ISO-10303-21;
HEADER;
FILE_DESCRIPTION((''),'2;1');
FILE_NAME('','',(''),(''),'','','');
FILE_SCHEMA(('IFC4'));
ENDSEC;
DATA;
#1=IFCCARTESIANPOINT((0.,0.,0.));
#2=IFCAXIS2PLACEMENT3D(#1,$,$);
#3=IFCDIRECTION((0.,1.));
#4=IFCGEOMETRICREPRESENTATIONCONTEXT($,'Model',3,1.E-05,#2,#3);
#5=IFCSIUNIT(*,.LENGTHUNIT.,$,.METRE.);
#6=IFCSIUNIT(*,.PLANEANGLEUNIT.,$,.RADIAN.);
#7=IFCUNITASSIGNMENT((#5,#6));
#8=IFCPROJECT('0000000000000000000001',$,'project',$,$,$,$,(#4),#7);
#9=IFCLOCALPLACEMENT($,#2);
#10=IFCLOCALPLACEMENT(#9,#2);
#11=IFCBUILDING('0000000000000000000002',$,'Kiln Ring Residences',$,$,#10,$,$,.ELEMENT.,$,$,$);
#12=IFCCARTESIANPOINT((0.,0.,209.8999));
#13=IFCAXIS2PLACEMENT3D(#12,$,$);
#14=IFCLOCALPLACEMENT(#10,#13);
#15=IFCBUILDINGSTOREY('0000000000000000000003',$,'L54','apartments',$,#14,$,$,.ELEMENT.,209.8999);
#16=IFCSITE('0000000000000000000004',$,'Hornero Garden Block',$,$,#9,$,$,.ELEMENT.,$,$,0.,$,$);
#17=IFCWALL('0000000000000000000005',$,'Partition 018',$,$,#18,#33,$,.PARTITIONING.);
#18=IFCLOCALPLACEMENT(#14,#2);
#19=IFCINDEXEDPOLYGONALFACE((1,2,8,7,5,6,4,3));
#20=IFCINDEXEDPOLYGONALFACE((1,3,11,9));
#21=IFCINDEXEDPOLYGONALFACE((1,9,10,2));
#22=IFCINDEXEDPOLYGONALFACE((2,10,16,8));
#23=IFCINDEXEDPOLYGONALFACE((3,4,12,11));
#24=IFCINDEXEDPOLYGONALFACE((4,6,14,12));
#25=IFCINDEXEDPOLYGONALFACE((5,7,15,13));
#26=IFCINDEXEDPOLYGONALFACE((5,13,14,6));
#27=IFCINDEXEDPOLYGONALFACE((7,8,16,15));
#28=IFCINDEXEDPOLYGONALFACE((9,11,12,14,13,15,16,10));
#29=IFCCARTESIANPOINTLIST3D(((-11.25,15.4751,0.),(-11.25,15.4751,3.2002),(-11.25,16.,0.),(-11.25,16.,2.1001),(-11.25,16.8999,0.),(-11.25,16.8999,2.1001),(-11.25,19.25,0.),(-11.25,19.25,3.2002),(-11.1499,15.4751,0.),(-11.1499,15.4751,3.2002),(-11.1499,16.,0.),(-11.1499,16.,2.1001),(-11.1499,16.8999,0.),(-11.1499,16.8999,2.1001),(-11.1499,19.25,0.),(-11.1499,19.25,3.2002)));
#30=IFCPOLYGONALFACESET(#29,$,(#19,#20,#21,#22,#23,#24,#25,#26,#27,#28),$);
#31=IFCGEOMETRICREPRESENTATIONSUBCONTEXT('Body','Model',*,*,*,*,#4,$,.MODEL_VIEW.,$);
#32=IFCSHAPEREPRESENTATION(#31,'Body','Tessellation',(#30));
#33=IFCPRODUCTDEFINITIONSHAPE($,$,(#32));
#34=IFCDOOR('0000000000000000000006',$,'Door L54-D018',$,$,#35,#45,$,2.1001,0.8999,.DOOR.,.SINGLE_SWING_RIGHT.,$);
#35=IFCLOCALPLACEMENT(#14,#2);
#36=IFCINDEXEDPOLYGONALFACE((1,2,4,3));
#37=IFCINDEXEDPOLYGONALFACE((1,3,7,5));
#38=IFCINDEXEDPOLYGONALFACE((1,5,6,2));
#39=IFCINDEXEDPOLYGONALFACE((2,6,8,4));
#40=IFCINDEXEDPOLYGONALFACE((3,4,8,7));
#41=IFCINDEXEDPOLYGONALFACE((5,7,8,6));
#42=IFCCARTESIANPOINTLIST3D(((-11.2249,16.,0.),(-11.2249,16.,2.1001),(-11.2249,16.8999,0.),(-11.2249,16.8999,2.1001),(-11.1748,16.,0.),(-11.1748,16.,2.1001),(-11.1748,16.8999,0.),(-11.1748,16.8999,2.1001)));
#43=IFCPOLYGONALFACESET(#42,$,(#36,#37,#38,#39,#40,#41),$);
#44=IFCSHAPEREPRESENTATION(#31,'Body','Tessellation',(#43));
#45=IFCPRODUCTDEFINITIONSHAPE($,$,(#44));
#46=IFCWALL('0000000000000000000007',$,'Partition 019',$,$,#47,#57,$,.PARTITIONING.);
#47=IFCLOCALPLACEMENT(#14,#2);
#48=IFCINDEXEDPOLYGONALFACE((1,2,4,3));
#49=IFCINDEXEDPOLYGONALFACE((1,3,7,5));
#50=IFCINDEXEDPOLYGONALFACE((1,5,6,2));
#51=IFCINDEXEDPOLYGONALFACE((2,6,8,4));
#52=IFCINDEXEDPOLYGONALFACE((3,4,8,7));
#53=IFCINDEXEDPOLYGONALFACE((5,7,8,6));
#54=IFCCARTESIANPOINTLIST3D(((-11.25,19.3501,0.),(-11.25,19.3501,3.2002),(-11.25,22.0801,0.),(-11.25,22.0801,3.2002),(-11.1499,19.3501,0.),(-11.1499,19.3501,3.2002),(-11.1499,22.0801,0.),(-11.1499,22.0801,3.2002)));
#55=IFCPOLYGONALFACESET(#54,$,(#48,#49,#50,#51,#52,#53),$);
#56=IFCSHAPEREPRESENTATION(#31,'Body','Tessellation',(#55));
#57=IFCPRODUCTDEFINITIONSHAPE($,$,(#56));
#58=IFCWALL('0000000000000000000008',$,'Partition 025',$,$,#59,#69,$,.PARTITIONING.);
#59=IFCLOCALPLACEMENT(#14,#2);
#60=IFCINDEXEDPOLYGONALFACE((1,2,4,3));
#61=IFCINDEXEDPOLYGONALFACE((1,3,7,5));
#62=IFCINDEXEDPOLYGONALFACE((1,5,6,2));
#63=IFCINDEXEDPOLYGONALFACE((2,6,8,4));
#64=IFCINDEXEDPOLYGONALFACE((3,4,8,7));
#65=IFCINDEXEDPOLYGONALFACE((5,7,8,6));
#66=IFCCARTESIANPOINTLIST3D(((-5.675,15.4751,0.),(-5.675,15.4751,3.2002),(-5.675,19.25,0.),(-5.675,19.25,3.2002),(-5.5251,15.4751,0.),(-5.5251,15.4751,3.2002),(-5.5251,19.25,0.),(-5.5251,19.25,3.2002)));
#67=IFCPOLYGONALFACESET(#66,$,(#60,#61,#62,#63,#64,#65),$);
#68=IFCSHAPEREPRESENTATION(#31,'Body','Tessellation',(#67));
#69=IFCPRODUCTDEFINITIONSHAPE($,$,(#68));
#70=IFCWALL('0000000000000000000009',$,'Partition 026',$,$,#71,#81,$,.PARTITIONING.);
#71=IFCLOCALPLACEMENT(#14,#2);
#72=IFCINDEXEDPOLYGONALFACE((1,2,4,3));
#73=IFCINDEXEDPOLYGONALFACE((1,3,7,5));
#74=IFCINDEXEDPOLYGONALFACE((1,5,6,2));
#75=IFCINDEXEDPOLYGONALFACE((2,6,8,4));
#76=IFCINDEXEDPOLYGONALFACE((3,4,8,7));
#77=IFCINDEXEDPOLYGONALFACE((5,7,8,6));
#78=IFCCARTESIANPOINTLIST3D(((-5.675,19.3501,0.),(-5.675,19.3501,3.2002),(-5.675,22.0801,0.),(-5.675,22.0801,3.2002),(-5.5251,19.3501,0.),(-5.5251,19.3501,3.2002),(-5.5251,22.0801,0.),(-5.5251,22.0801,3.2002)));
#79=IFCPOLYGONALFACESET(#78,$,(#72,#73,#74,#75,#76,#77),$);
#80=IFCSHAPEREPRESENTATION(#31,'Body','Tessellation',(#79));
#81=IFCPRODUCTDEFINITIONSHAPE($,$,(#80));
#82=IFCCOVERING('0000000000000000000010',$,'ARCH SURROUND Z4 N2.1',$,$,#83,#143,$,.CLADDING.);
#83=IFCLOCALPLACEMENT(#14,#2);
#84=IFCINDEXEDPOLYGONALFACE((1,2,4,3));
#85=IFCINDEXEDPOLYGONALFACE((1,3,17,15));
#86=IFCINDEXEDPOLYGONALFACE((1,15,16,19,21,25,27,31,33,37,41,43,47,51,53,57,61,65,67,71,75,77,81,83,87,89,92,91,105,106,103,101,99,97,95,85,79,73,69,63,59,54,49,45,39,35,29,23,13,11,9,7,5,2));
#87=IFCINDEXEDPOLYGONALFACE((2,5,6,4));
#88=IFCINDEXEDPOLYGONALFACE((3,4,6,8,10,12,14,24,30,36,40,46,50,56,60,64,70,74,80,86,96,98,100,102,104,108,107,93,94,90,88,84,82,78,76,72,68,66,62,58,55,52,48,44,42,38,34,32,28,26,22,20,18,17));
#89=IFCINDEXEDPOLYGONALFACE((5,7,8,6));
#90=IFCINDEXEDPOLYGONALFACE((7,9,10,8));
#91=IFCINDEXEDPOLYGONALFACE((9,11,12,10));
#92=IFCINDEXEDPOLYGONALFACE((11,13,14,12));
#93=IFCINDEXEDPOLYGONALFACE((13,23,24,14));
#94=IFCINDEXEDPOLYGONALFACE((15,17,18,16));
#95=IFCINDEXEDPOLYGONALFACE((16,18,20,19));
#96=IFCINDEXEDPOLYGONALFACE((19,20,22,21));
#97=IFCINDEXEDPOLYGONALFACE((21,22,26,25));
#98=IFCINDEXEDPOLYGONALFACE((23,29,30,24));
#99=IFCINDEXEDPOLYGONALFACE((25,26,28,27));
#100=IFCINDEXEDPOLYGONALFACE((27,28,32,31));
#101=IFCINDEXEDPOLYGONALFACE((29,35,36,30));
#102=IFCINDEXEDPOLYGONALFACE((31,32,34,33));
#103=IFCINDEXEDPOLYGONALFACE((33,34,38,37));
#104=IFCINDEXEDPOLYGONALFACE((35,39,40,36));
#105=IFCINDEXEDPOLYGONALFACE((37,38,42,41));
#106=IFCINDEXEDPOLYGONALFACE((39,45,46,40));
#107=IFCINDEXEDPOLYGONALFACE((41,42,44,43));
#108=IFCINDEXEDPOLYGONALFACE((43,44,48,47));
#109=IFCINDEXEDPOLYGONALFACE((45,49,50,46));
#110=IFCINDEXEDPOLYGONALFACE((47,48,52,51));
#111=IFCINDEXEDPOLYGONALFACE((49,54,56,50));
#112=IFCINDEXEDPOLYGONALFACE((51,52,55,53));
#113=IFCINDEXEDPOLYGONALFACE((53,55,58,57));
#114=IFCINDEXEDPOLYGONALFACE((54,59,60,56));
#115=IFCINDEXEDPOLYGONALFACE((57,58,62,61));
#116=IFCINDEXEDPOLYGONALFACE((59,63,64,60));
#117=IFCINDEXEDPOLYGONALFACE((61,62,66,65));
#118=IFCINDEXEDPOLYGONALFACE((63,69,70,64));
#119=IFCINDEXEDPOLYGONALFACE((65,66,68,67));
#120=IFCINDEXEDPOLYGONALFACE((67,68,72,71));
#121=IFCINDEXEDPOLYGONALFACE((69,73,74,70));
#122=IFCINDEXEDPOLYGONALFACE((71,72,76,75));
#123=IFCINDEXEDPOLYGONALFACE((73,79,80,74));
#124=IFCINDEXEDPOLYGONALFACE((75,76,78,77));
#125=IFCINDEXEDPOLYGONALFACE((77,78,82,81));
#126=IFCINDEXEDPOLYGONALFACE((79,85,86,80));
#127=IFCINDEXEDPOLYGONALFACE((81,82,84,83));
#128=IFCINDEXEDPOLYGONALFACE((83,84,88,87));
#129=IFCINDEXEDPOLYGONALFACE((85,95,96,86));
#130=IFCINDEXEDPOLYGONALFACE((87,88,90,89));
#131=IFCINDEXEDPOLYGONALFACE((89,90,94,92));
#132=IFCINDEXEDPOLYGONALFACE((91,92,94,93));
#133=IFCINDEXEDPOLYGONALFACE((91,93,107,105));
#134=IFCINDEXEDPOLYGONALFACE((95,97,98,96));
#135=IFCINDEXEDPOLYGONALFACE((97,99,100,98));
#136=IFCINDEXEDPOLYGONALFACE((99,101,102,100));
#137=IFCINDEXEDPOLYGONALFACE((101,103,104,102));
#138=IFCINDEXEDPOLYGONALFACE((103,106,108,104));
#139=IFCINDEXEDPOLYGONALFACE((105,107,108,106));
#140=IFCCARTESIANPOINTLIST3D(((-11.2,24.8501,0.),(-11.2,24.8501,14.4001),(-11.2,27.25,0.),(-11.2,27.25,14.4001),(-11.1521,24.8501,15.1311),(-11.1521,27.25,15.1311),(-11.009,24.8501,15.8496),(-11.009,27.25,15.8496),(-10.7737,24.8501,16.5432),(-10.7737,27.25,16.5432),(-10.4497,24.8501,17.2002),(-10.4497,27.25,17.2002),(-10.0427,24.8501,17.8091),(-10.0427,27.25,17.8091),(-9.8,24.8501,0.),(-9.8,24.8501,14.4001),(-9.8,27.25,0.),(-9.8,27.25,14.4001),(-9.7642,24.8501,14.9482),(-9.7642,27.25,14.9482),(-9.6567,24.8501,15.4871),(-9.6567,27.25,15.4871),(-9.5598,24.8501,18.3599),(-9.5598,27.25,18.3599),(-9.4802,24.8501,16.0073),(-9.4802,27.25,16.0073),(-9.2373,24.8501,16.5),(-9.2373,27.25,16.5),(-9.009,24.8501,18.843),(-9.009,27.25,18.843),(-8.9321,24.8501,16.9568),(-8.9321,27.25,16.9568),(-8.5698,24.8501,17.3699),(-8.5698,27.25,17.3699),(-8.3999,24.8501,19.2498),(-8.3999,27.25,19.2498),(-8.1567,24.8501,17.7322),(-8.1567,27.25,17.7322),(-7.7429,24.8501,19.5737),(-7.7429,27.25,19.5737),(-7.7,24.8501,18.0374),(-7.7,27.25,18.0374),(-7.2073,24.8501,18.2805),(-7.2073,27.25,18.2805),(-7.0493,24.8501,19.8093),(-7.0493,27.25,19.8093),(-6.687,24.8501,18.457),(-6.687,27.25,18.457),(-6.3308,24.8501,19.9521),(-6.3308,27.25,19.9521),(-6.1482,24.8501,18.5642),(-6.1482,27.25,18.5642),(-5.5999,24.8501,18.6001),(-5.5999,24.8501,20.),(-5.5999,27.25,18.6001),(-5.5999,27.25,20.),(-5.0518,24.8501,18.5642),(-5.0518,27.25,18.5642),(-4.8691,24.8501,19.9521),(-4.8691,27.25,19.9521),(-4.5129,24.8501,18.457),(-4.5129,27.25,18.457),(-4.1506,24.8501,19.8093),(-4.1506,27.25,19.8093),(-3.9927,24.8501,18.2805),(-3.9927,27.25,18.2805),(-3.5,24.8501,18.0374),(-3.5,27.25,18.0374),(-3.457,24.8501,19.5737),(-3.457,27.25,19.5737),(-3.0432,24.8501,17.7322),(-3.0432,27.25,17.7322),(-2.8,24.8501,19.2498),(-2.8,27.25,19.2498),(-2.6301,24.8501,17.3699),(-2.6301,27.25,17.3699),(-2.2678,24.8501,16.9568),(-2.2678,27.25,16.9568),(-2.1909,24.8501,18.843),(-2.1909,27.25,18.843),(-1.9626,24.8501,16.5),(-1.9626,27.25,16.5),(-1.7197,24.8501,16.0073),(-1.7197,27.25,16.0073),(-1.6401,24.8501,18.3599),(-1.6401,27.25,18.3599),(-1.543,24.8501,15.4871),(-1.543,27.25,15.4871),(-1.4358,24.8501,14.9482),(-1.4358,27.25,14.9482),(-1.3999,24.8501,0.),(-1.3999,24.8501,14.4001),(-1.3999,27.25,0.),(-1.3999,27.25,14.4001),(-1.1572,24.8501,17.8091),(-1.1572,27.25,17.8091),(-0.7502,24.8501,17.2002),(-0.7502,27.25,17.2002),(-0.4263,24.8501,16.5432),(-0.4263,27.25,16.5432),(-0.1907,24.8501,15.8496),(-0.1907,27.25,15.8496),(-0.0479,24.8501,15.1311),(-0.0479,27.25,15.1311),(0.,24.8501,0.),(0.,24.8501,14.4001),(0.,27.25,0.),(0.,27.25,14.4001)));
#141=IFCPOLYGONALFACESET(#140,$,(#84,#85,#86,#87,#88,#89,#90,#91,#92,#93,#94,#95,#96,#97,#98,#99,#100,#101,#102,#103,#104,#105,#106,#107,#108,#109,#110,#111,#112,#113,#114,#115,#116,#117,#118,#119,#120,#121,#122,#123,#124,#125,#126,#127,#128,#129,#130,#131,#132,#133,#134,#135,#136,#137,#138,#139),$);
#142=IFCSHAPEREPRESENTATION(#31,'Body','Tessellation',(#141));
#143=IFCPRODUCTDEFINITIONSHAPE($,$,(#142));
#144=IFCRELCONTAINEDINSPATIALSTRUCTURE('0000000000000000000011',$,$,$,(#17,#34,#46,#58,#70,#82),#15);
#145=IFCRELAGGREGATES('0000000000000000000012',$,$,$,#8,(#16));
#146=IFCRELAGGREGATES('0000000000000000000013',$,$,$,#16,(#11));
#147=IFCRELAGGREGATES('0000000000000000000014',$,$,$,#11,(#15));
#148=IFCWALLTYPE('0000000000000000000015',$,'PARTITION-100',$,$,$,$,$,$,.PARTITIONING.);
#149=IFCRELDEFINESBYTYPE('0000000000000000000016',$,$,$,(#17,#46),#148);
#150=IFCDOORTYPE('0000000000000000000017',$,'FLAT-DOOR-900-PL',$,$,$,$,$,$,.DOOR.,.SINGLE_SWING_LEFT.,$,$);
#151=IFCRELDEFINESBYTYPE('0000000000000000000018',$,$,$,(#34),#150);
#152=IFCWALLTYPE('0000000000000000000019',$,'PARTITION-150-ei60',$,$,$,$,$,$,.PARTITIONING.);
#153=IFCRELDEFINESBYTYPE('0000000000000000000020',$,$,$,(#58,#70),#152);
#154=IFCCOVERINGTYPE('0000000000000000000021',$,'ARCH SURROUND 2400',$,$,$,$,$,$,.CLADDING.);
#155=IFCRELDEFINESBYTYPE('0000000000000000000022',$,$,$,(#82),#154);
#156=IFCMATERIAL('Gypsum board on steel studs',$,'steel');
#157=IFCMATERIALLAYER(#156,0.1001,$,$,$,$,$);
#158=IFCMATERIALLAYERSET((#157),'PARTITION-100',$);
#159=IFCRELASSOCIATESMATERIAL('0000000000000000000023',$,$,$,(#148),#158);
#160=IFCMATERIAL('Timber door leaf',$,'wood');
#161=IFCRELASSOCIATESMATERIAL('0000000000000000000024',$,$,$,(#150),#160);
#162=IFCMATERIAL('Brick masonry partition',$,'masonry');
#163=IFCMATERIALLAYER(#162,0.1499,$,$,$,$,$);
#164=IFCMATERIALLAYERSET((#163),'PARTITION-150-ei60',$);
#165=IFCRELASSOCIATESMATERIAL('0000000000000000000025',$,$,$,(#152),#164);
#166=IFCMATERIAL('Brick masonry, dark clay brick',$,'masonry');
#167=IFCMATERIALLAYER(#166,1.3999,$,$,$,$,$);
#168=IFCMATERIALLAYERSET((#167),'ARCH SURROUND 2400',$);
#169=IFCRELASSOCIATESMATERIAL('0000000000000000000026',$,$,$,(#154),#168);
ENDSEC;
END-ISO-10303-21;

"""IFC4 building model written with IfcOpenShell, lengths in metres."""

from ifc_helpers import new_model, si_unit, direction, frame, frame_2d, origin, place, context, subcontext, project, spatial, polyline, rectangle, outline, extrude, material, layer, layer_set, type_object, element, fill, save


model = new_model("IFC4")

# Units and contexts
model_context = context("Model", 3, precision=1e-05, world=origin(), true_north=direction((0.0, 1.0)))
body_context = subcontext(model_context, "Body", "Model", "MODEL_VIEW")
ifc_project = project(units=[si_unit("LENGTHUNIT", "METRE"), si_unit("PLANEANGLEUNIT", "RADIAN")], contexts=[model_context])

# Site, building, storey
site_placement = place(None, origin())
site = spatial("IfcSite", under=ifc_project, at=site_placement, Name="Hornero Garden Block", CompositionType="ELEMENT", RefElevation=0.0)
building_placement = place(site_placement, origin())
building = spatial("IfcBuilding", under=site, at=building_placement, Name="Kiln Ring Residences", CompositionType="ELEMENT")
storey_placement = place(building_placement, frame((0.0, 0.0, 209.8999)))
storey = spatial("IfcBuildingStorey", under=building, at=storey_placement, Name="L54", Description="apartments", CompositionType="ELEMENT", Elevation=209.8999)

# Wall, opening, door
ifc_material_1 = material(Name="Gypsum board on steel studs", Category="steel")
ifc_layer_1 = layer(ifc_material_1, 0.1001)
ifc_layer_set_1 = layer_set([ifc_layer_1], Name="PARTITION-100")
wall_type_1 = type_object("IfcWallType", Name="PARTITION-100", PredefinedType="PARTITIONING", material=ifc_layer_set_1)
ifc_material_2 = material(Name="Timber door leaf", Category="wood")
door_type = type_object("IfcDoorType", Name="FLAT-DOOR-900-PL", OperationType="SINGLE_SWING_LEFT", PredefinedType="DOOR", material=ifc_material_2)
wall_1_placement = place(storey_placement, frame((-11.2, 15.4751, 0.0), z_axis=(0.0, 0.0, 1.0), x_axis=(0.0, 1.0, 0.0)))
wall_1 = element("IfcWall", 1, at=wall_1_placement, inside=storey, type_object=wall_type_1, Name="Partition 018", PredefinedType="PARTITIONING", context=body_context, shape_type="SweptSolid", body=[
    extrude(rectangle(XDim=3.7749, YDim=0.1001, at=frame_2d((1.8875, 0.0))), origin(), (0.0, 0.0, 1.0), 3.2002),
])
opening_1_placement = place(wall_1_placement, frame((0.5249, 0.0, 0.0)))
opening_1 = element("IfcOpeningElement", 2, at=opening_1_placement, cuts=wall_1, PredefinedType="OPENING", context=body_context, shape_type="SweptSolid", body=[
    extrude(rectangle(XDim=0.8999, YDim=2.1001, at=frame_2d((0.45, 1.05))), frame((0.0, 0.0601, 0.0), z_axis=(0.0, -1.0, 0.0), x_axis=(1.0, 0.0, 0.0)), (0.0, 0.0, 1.0), 0.1201),
])
door_1_placement = place(opening_1_placement, origin())
door_1 = element("IfcDoor", 3, at=door_1_placement, inside=storey, type_object=door_type, Name="Door L54-D018", OperationType="SINGLE_SWING_RIGHT", OverallHeight=2.1001, OverallWidth=0.8999, PredefinedType="DOOR", context=body_context, shape_type="SweptSolid", body=[
    extrude(rectangle(XDim=0.8999, YDim=2.1001, at=frame_2d((0.45, 1.05))), frame((0.0, 0.0249, 0.0), z_axis=(0.0, -1.0, 0.0), x_axis=(1.0, 0.0, 0.0)), (0.0, 0.0, 1.0), 0.05),
])
fill(opening_1, door_1)

# Walls
wall_2_placement = place(storey_placement, frame((-11.2, 19.3501, 0.0), z_axis=(0.0, 0.0, 1.0), x_axis=(0.0, 1.0, 0.0)))
element("IfcWall", 4, at=wall_2_placement, inside=storey, type_object=wall_type_1, Name="Partition 019", PredefinedType="PARTITIONING", context=body_context, shape_type="SweptSolid", body=[
    extrude(rectangle(XDim=2.73, YDim=0.1001, at=frame_2d((1.365, 0.0))), origin(), (0.0, 0.0, 1.0), 3.2002),
])
ifc_material_3 = material(Name="Brick masonry partition", Category="masonry")
ifc_layer_2 = layer(ifc_material_3, 0.1499)
ifc_layer_set_2 = layer_set([ifc_layer_2], Name="PARTITION-150-ei60")
wall_type_2 = type_object("IfcWallType", Name="PARTITION-150-ei60", PredefinedType="PARTITIONING", material=ifc_layer_set_2)
wall_3_placement = place(storey_placement, frame((-5.6001, 15.4751, 0.0), z_axis=(0.0, 0.0, 1.0), x_axis=(0.0, 1.0, 0.0)))
element("IfcWall", 5, at=wall_3_placement, inside=storey, type_object=wall_type_2, Name="Partition 025", PredefinedType="PARTITIONING", context=body_context, shape_type="SweptSolid", body=[
    extrude(rectangle(XDim=3.7749, YDim=0.1499, at=frame_2d((1.8875, 0.0))), origin(), (0.0, 0.0, 1.0), 3.2002),
])
wall_4_placement = place(storey_placement, frame((-5.6001, 19.3501, 0.0), z_axis=(0.0, 0.0, 1.0), x_axis=(0.0, 1.0, 0.0)))
element("IfcWall", 6, at=wall_4_placement, inside=storey, type_object=wall_type_2, Name="Partition 026", PredefinedType="PARTITIONING", context=body_context, shape_type="SweptSolid", body=[
    extrude(rectangle(XDim=2.73, YDim=0.1499, at=frame_2d((1.365, 0.0))), origin(), (0.0, 0.0, 1.0), 3.2002),
])

# Covering
ifc_material_4 = material(Name="Brick masonry, dark clay brick", Category="masonry")
ifc_layer_3 = layer(ifc_material_4, 1.3999)
ifc_layer_set_3 = layer_set([ifc_layer_3], Name="ARCH SURROUND 2400")
covering_type = type_object("IfcCoveringType", Name="ARCH SURROUND 2400", PredefinedType="CLADDING", material=ifc_layer_set_3)
covering_placement = place(storey_placement, frame((-11.2, 26.05, 0.0), z_axis=(0.0, 0.0, 1.0), x_axis=(1.0, 0.0, 0.0)))
element("IfcCovering", 7, at=covering_placement, inside=storey, type_object=covering_type, Name="ARCH SURROUND Z4 N2.1", PredefinedType="CLADDING", context=body_context, shape_type="SweptSolid", body=[
    extrude(outline(polyline([(0.0, 0.0), (0.0, 14.4001), (0.0479, 15.1311), (0.1909, 15.8496), (0.4263, 16.5432), (0.7502, 17.2002), (1.1572, 17.8091), (1.6401, 18.3599), (2.1909, 18.843), (2.8, 19.2498), (3.457, 19.5737), (4.1506, 19.8093), (4.8691, 19.9521), (5.6001, 20.0), (6.3308, 19.9521), (7.0493, 19.8093), (7.7429, 19.5737), (8.3999, 19.2498), (9.009, 18.843), (9.5598, 18.3599), (10.0427, 17.8091), (10.4497, 17.2002), (10.7737, 16.5432), (11.0093, 15.8496), (11.1521, 15.1311), (11.2, 14.4001), (11.2, 0.0), (9.8, 0.0), (9.8, 14.4001), (9.7642, 14.9482), (9.657, 15.4871), (9.4802, 16.0073), (9.2373, 16.5), (8.9321, 16.9568), (8.5698, 17.3699), (8.1567, 17.7322), (7.7, 18.0374), (7.2073, 18.2805), (6.687, 18.457), (6.1482, 18.5642), (5.6001, 18.6001), (5.0518, 18.5642), (4.5129, 18.457), (3.9927, 18.2805), (3.5, 18.0374), (3.0432, 17.7322), (2.6301, 17.3699), (2.2678, 16.9568), (1.9626, 16.5), (1.7197, 16.0073), (1.5432, 15.4871), (1.4358, 14.9482), (1.3999, 14.4001), (1.3999, 0.0), (0.0, 0.0)])), frame((0.0, 1.2, 0.0), z_axis=(0.0, -1.0, 0.0), x_axis=(1.0, 0.0, 0.0)), (0.0, 0.0, 1.0), 2.3999),
])

save(model, "model.ifc")
